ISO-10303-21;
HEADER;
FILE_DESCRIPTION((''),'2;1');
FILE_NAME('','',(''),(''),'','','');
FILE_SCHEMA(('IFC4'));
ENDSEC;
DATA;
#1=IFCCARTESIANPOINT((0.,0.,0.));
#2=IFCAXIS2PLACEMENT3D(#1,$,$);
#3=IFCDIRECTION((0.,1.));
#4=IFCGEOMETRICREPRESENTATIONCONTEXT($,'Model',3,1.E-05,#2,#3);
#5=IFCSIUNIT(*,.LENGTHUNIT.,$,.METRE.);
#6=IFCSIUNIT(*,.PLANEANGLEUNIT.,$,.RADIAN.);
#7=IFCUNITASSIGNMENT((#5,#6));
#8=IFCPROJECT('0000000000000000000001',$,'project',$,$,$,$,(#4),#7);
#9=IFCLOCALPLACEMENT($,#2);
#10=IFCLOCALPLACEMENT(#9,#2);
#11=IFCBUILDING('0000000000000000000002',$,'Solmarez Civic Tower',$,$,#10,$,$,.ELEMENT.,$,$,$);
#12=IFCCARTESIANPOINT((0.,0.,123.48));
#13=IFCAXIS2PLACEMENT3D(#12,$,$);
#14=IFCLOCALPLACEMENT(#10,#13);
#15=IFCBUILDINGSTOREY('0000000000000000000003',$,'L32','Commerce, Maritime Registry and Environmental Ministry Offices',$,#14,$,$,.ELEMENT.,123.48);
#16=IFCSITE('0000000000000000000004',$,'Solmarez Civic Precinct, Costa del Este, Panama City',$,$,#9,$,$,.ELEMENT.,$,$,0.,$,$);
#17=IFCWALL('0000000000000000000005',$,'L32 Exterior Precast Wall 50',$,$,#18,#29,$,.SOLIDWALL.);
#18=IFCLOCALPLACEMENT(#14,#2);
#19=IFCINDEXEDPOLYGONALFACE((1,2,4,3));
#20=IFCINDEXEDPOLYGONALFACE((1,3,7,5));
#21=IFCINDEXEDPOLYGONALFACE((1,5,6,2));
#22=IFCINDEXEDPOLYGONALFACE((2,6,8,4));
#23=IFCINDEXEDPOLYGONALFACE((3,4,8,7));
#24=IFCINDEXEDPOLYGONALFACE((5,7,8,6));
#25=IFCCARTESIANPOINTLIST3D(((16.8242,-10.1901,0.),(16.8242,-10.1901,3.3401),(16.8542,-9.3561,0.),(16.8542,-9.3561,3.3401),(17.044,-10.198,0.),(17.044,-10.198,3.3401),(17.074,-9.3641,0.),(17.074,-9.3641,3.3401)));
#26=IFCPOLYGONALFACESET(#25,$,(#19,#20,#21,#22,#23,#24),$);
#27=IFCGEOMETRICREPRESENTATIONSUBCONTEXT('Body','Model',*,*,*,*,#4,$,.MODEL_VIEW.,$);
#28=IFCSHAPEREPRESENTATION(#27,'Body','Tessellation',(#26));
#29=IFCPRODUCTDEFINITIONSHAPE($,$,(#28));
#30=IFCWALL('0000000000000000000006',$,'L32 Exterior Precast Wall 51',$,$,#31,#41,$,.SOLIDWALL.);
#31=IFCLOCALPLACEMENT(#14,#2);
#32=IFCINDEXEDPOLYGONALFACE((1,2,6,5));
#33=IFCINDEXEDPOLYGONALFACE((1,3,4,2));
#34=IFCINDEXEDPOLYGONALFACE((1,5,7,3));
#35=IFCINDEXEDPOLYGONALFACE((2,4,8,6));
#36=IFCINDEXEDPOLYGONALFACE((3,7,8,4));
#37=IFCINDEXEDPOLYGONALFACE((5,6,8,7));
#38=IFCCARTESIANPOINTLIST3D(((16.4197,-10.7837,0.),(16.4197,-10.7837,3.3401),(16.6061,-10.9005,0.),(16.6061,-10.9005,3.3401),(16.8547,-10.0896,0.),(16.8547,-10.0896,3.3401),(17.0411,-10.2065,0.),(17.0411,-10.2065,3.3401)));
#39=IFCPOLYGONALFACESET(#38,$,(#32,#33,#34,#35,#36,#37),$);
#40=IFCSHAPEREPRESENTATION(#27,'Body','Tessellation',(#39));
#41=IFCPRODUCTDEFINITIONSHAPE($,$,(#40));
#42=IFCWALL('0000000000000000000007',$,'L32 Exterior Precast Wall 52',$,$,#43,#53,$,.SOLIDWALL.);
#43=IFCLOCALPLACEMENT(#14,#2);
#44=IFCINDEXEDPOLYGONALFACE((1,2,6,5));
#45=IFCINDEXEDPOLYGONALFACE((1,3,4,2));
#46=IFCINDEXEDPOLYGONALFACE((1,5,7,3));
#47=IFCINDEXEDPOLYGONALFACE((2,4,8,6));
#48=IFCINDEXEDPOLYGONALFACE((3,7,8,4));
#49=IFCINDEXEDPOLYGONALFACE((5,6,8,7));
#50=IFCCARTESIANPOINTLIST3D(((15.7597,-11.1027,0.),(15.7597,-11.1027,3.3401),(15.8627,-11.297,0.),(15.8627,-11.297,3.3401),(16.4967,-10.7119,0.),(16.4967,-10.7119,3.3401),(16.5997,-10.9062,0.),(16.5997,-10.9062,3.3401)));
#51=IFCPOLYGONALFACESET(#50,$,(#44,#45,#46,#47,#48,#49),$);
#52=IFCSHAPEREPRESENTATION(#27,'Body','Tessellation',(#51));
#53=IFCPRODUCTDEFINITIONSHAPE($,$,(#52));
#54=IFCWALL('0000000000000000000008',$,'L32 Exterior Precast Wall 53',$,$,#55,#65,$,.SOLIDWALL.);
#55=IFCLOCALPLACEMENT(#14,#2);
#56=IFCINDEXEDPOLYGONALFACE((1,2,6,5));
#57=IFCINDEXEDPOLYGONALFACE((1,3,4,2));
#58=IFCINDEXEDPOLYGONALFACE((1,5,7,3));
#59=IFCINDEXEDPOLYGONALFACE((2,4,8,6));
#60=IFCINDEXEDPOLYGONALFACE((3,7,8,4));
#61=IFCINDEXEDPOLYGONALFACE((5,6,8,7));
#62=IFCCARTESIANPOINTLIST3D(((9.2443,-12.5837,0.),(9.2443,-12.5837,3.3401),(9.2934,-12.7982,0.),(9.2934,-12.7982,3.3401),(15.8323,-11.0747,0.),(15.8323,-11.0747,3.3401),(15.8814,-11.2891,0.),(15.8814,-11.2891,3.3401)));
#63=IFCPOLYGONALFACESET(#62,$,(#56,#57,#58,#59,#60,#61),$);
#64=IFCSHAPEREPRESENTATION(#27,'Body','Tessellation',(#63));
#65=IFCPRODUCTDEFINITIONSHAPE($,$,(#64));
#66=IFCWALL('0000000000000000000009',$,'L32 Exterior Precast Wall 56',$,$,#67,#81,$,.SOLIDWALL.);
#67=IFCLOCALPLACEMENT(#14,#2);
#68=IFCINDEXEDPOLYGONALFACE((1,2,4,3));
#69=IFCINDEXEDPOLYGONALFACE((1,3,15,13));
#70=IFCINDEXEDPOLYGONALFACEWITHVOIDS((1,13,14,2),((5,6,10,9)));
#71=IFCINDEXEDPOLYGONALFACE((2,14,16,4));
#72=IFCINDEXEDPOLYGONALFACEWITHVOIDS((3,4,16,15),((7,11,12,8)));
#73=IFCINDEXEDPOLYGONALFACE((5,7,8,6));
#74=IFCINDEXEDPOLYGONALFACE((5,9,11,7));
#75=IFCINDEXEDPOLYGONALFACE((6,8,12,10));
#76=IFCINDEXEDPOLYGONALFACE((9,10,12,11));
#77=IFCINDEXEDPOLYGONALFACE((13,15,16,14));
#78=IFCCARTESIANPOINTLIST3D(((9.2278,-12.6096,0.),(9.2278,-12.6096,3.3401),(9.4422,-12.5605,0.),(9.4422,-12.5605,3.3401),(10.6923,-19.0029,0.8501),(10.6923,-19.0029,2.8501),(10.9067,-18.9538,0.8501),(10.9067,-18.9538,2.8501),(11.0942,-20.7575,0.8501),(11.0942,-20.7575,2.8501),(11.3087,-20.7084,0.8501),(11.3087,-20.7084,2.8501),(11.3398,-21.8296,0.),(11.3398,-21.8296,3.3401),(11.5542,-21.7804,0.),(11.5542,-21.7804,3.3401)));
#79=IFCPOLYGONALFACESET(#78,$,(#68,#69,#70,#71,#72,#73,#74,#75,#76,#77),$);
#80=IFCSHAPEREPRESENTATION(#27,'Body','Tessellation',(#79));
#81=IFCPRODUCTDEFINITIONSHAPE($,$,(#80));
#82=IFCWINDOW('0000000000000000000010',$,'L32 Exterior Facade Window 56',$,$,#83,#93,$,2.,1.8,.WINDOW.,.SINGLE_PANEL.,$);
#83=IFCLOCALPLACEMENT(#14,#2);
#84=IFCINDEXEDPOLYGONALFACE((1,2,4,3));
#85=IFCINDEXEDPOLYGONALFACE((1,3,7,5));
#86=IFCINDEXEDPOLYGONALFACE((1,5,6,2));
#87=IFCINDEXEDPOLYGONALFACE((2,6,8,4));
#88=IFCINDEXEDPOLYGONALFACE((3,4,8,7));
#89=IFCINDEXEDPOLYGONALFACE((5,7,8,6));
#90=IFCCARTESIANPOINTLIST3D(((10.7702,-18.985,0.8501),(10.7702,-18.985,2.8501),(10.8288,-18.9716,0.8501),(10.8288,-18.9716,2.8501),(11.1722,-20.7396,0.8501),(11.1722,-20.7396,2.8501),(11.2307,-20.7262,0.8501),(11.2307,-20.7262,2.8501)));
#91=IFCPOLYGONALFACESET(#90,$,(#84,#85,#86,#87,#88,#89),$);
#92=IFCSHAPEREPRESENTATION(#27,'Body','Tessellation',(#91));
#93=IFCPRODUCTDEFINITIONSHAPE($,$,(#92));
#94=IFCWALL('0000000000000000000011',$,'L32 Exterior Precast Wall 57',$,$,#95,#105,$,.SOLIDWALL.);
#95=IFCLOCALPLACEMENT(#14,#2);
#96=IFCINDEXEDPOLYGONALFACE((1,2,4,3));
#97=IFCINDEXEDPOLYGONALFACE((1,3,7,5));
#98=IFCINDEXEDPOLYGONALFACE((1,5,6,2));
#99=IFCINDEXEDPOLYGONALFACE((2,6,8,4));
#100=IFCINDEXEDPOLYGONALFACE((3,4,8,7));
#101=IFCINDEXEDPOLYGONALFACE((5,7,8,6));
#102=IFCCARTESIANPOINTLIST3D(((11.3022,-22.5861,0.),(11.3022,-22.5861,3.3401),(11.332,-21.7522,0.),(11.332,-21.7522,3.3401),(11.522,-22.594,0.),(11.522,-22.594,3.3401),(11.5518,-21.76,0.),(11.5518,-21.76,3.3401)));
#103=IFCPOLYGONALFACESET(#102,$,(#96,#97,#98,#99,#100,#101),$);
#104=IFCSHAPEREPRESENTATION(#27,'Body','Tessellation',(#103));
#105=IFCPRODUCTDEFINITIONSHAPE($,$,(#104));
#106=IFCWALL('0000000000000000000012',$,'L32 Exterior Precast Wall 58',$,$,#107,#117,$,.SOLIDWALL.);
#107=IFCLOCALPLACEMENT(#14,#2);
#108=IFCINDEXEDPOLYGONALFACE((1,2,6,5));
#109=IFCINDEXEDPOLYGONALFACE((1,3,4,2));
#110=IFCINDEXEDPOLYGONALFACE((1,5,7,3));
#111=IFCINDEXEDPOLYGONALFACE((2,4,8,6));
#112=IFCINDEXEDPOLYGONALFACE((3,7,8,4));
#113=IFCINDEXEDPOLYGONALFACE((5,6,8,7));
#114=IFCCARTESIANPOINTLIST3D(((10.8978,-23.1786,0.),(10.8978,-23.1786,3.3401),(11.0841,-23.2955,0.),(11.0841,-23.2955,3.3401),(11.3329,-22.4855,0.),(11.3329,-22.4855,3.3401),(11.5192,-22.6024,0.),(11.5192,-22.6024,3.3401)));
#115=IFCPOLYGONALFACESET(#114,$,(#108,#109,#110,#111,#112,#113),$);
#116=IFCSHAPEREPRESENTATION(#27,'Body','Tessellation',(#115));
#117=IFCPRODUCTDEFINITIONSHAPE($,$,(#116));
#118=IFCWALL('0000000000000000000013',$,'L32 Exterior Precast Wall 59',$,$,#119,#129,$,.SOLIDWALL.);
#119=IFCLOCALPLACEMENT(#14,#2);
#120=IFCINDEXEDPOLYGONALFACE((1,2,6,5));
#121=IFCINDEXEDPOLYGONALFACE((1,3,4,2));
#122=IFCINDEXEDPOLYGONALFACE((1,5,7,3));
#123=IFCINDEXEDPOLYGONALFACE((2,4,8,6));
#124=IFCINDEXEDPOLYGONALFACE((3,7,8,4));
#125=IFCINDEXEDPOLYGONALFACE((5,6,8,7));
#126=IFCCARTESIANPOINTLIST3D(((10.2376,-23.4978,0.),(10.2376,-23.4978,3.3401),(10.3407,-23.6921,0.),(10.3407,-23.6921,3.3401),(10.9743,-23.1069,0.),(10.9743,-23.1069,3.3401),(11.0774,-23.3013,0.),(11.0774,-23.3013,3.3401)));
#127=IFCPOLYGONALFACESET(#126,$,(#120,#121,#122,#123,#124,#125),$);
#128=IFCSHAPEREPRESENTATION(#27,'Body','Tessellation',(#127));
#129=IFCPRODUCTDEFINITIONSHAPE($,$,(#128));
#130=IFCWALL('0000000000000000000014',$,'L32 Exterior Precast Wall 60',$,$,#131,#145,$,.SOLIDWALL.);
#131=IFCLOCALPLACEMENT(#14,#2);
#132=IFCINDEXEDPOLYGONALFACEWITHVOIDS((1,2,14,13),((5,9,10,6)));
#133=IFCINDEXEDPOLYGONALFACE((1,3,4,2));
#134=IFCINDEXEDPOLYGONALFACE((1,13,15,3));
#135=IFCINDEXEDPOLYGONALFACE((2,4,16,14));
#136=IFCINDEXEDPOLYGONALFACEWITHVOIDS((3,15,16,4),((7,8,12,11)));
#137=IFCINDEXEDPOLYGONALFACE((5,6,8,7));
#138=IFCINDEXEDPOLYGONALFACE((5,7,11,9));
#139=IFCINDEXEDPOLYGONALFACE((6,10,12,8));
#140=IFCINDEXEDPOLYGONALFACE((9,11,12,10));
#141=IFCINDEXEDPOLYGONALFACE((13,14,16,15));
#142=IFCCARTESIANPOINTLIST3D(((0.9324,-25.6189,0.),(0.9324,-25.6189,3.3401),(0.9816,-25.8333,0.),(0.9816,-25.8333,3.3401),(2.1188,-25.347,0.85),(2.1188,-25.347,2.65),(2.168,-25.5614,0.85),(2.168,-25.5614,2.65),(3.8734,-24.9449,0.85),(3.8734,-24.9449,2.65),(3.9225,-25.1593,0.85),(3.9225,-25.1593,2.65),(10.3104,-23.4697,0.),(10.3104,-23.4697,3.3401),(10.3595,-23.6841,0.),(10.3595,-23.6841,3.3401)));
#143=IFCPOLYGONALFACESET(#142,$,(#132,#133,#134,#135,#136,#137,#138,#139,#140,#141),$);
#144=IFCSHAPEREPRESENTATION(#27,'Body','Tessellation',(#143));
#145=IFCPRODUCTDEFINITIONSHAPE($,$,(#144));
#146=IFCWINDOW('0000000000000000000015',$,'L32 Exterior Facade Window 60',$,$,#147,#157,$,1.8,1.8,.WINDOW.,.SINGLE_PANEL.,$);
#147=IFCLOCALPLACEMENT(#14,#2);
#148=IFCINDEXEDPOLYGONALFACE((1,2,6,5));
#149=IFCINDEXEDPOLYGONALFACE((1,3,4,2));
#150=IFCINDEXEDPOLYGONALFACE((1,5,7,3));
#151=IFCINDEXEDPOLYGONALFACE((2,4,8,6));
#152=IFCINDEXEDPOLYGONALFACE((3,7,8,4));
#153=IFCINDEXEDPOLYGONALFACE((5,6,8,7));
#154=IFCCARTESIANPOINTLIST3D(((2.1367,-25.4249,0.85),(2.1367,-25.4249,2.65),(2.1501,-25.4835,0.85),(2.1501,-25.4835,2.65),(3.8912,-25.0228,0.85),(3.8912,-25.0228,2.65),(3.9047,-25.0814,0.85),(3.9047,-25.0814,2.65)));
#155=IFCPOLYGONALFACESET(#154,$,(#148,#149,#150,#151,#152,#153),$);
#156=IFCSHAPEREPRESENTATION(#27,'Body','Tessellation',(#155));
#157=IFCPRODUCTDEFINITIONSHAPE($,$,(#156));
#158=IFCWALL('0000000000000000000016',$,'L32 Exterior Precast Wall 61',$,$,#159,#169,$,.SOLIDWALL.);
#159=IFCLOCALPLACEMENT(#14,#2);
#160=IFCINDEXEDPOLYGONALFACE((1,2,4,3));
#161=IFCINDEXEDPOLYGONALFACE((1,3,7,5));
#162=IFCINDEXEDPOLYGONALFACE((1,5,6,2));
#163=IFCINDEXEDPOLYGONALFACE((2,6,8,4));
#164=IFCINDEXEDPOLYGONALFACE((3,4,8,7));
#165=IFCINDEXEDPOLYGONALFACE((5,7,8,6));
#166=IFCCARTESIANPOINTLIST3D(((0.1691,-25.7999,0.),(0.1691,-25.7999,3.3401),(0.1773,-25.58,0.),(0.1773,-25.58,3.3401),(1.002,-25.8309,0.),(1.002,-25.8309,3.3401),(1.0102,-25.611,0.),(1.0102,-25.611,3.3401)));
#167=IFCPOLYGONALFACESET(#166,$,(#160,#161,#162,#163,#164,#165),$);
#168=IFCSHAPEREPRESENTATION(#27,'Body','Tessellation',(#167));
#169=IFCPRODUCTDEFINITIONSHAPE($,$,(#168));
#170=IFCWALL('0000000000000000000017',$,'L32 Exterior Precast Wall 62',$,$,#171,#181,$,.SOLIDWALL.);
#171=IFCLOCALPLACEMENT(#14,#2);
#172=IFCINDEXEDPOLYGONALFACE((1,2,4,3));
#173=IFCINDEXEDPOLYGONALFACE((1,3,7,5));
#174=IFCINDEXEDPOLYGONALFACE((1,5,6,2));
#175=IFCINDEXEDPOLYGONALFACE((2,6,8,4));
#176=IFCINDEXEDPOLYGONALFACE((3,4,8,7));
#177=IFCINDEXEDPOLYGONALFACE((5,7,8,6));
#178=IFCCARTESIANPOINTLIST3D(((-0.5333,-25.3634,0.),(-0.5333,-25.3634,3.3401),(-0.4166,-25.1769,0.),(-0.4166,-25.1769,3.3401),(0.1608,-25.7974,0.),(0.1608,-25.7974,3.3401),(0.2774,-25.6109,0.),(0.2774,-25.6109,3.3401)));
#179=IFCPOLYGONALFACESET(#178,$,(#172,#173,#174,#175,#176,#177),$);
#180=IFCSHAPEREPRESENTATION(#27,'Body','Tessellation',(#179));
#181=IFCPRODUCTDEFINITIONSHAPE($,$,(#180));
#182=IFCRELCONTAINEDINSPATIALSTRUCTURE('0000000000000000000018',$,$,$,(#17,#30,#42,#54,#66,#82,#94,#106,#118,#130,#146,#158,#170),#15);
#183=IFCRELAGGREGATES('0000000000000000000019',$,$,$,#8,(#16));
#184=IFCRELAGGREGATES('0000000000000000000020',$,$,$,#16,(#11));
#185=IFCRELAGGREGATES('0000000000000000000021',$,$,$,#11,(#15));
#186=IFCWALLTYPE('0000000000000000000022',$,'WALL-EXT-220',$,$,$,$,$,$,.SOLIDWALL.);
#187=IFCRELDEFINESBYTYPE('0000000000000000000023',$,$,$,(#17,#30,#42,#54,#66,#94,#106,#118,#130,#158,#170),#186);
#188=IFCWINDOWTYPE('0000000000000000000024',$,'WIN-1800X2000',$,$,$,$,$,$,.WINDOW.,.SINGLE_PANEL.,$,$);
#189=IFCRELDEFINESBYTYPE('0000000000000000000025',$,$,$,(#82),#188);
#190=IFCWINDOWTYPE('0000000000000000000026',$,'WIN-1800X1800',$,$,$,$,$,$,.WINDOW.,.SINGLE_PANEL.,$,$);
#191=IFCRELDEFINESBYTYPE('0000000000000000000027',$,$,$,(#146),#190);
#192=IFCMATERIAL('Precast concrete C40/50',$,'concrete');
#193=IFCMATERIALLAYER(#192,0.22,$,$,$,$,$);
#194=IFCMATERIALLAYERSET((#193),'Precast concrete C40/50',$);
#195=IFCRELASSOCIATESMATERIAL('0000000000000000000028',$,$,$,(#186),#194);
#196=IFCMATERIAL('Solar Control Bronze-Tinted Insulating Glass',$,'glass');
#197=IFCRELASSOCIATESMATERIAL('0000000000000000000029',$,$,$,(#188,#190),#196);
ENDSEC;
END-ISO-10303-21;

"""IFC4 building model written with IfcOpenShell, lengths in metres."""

from ifc_helpers import new_model, si_unit, direction, frame, frame_2d, origin, place, context, subcontext, project, spatial, rectangle, extrude, material, layer, layer_set, type_object, element, fill, save


model = new_model("IFC4")

# Units and contexts
model_context = context("Model", 3, precision=1e-05, world=origin(), true_north=direction((0.0, 1.0)))
body_context = subcontext(model_context, "Body", "Model", "MODEL_VIEW")
ifc_project = project(units=[si_unit("LENGTHUNIT", "METRE"), si_unit("PLANEANGLEUNIT", "RADIAN")], contexts=[model_context])

# Site, building, storey
site_placement = place(None, origin())
site = spatial("IfcSite", under=ifc_project, at=site_placement, Name="Solmarez Civic Precinct, Costa del Este, Panama City", CompositionType="ELEMENT", RefElevation=0.0)
building_placement = place(site_placement, origin())
building = spatial("IfcBuilding", under=site, at=building_placement, Name="Solmarez Civic Tower", CompositionType="ELEMENT")
storey_placement = place(building_placement, frame((0.0, 0.0, 123.48)))
storey = spatial("IfcBuildingStorey", under=building, at=storey_placement, Name="L32", Description="Commerce, Maritime Registry and Environmental Ministry Offices", CompositionType="ELEMENT", Elevation=123.48)

# Walls
ifc_material_1 = material(Name="Precast concrete C40/50", Category="concrete")
ifc_layer_1 = layer(ifc_material_1, 0.22)
ifc_layer_set_1 = layer_set([ifc_layer_1], Name="Precast concrete C40/50")
wall_type_1 = type_object("IfcWallType", Name="WALL-EXT-220", PredefinedType="SOLIDWALL", material=ifc_layer_set_1)
wall_1_placement = place(storey_placement, frame((16.9641, -9.3601, 0.0), z_axis=(0.0, 0.0, 1.0), x_axis=(-0.035984, -0.999352, 0.0)))
element("IfcWall", 1, at=wall_1_placement, inside=storey, type_object=wall_type_1, Name="L32 Exterior Precast Wall 50", PredefinedType="SOLIDWALL", context=body_context, shape_type="SweptSolid", body=[
    extrude(rectangle(XDim=0.8345, YDim=0.22, at=frame_2d((0.4172, 0.0))), origin(), (0.0, 0.0, 1.0), 3.3401),
])
wall_2_placement = place(storey_placement, frame((16.948, -10.1479, 0.0), z_axis=(0.0, 0.0, 1.0), x_axis=(-0.531097, -0.847311, 0.0)))
element("IfcWall", 2, at=wall_2_placement, inside=storey, type_object=wall_type_1, Name="L32 Exterior Precast Wall 51", PredefinedType="SOLIDWALL", context=body_context, shape_type="SweptSolid", body=[
    extrude(rectangle(XDim=0.8191, YDim=0.22, at=frame_2d((0.4097, 0.0))), origin(), (0.0, 0.0, 1.0), 3.3401),
])
wall_3_placement = place(storey_placement, frame((16.5481, -10.8091, 0.0), z_axis=(0.0, 0.0, 1.0), x_axis=(-0.88346, -0.468506, 0.0)))
element("IfcWall", 3, at=wall_3_placement, inside=storey, type_object=wall_type_1, Name="L32 Exterior Precast Wall 52", PredefinedType="SOLIDWALL", context=body_context, shape_type="SweptSolid", body=[
    extrude(rectangle(XDim=0.8342, YDim=0.22, at=frame_2d((0.417, 0.0))), origin(), (0.0, 0.0, 1.0), 3.3401),
])
wall_4_placement = place(storey_placement, frame((15.8569, -11.1819, 0.0), z_axis=(0.0, 0.0, 1.0), x_axis=(-0.974755, -0.223279, 0.0)))
element("IfcWall", 4, at=wall_4_placement, inside=storey, type_object=wall_type_1, Name="L32 Exterior Precast Wall 53", PredefinedType="SOLIDWALL", context=body_context, shape_type="SweptSolid", body=[
    extrude(rectangle(XDim=6.7585, YDim=0.22, at=frame_2d((3.3794, 0.0))), origin(), (0.0, 0.0, 1.0), 3.3401),
])

# Wall, opening, window
wall_5_placement = place(storey_placement, frame((9.335, -12.585, 0.0), z_axis=(0.0, 0.0, 1.0), x_axis=(0.223291, -0.974752, 0.0)))
wall_5 = element("IfcWall", 5, at=wall_5_placement, inside=storey, type_object=wall_type_1, Name="L32 Exterior Precast Wall 56", PredefinedType="SOLIDWALL", context=body_context, shape_type="SweptSolid", body=[
    extrude(rectangle(XDim=9.4587, YDim=0.22, at=frame_2d((4.7295, 0.0))), origin(), (0.0, 0.0, 1.0), 3.3401),
])
opening_1_placement = place(wall_5_placement, frame((6.5591, 0.0, 0.8501)))
opening_1 = element("IfcOpeningElement", 6, at=opening_1_placement, cuts=wall_5, PredefinedType="OPENING", context=body_context, shape_type="SweptSolid", body=[
    extrude(rectangle(XDim=1.8, YDim=2.0, at=frame_2d((0.8999, 1.0))), frame((0.0, 0.1199, 0.0), z_axis=(0.0, -1.0, 0.0), x_axis=(1.0, 0.0, 0.0)), (0.0, 0.0, 1.0), 0.24),
])
ifc_material_2 = material(Name="Solar Control Bronze-Tinted Insulating Glass", Category="glass")
window_type_1 = type_object("IfcWindowType", Name="WIN-1800X2000", PartitioningType="SINGLE_PANEL", PredefinedType="WINDOW", material=ifc_material_2)
window_1_placement = place(opening_1_placement, origin())
window_1 = element("IfcWindow", 7, at=window_1_placement, inside=storey, type_object=window_type_1, Name="L32 Exterior Facade Window 56", OverallHeight=2.0, OverallWidth=1.8, PartitioningType="SINGLE_PANEL", PredefinedType="WINDOW", context=body_context, shape_type="SweptSolid", body=[
    extrude(rectangle(XDim=1.8, YDim=2.0, at=frame_2d((0.8999, 1.0))), frame((0.0, 0.03, 0.0), z_axis=(0.0, -1.0, 0.0), x_axis=(1.0, 0.0, 0.0)), (0.0, 0.0, 1.0), 0.0601),
])
fill(opening_1, window_1)

# Walls
wall_6_placement = place(storey_placement, frame((11.4419, -21.7561, 0.0), z_axis=(0.0, 0.0, 1.0), x_axis=(-0.035692, -0.999363, 0.0)))
element("IfcWall", 8, at=wall_6_placement, inside=storey, type_object=wall_type_1, Name="L32 Exterior Precast Wall 57", PredefinedType="SOLIDWALL", context=body_context, shape_type="SweptSolid", body=[
    extrude(rectangle(XDim=0.8345, YDim=0.22, at=frame_2d((0.4172, 0.0))), origin(), (0.0, 0.0, 1.0), 3.3401),
])
wall_7_placement = place(storey_placement, frame((11.426, -22.5439, 0.0), z_axis=(0.0, 0.0, 1.0), x_axis=(-0.531634, -0.846974, 0.0)))
element("IfcWall", 9, at=wall_7_placement, inside=storey, type_object=wall_type_1, Name="L32 Exterior Precast Wall 58", PredefinedType="SOLIDWALL", context=body_context, shape_type="SweptSolid", body=[
    extrude(rectangle(XDim=0.8184, YDim=0.22, at=frame_2d((0.4092, 0.0))), origin(), (0.0, 0.0, 1.0), 3.3401),
])
wall_8_placement = place(storey_placement, frame((11.0259, -23.2041, 0.0), z_axis=(0.0, 0.0, 1.0), x_axis=(-0.883396, -0.468627, 0.0)))
element("IfcWall", 10, at=wall_8_placement, inside=storey, type_object=wall_type_1, Name="L32 Exterior Precast Wall 59", PredefinedType="SOLIDWALL", context=body_context, shape_type="SweptSolid", body=[
    extrude(rectangle(XDim=0.834, YDim=0.22, at=frame_2d((0.417, 0.0))), origin(), (0.0, 0.0, 1.0), 3.3401),
])

# Wall, opening, window
wall_9_placement = place(storey_placement, frame((10.335, -23.5769, 0.0), z_axis=(0.0, 0.0, 1.0), x_axis=(-0.974731, -0.223382, 0.0)))
wall_9 = element("IfcWall", 11, at=wall_9_placement, inside=storey, type_object=wall_type_1, Name="L32 Exterior Precast Wall 60", PredefinedType="SOLIDWALL", context=body_context, shape_type="SweptSolid", body=[
    extrude(rectangle(XDim=9.6211, YDim=0.22, at=frame_2d((4.8105, 0.0))), origin(), (0.0, 0.0, 1.0), 3.3401),
])
opening_2_placement = place(wall_9_placement, frame((6.604, 0.0, 0.8501)))
opening_2 = element("IfcOpeningElement", 12, at=opening_2_placement, cuts=wall_9, PredefinedType="OPENING", context=body_context, shape_type="SweptSolid", body=[
    extrude(rectangle(XDim=1.8, YDim=1.8, at=frame_2d((0.8999, 0.8999))), frame((0.0, 0.1199, 0.0), z_axis=(0.0, -1.0, 0.0), x_axis=(1.0, 0.0, 0.0)), (0.0, 0.0, 1.0), 0.24),
])
window_type_2 = type_object("IfcWindowType", Name="WIN-1800X1800", PartitioningType="SINGLE_PANEL", PredefinedType="WINDOW", material=ifc_material_2)
window_2_placement = place(opening_2_placement, origin())
window_2 = element("IfcWindow", 13, at=window_2_placement, inside=storey, type_object=window_type_2, Name="L32 Exterior Facade Window 60", OverallHeight=1.8, OverallWidth=1.8, PartitioningType="SINGLE_PANEL", PredefinedType="WINDOW", context=body_context, shape_type="SweptSolid", body=[
    extrude(rectangle(XDim=1.8, YDim=1.8, at=frame_2d((0.8999, 0.8999))), frame((0.0, 0.03, 0.0), z_axis=(0.0, -1.0, 0.0), x_axis=(1.0, 0.0, 0.0)), (0.0, 0.0, 1.0), 0.0601),
])
fill(opening_2, window_2)

# Walls
wall_10_placement = place(storey_placement, frame((1.0061, -25.7209, 0.0), z_axis=(0.0, 0.0, 1.0), x_axis=(-0.999308, 0.037196, 0.0)))
element("IfcWall", 14, at=wall_10_placement, inside=storey, type_object=wall_type_1, Name="L32 Exterior Precast Wall 61", PredefinedType="SOLIDWALL", context=body_context, shape_type="SweptSolid", body=[
    extrude(rectangle(XDim=0.8335, YDim=0.22, at=frame_2d((0.4167, 0.0))), origin(), (0.0, 0.0, 1.0), 3.3401),
])
wall_11_placement = place(storey_placement, frame((0.219, -25.7041, 0.0), z_axis=(0.0, 0.0, 1.0), x_axis=(-0.847847, 0.53024, 0.0)))
element("IfcWall", 15, at=wall_11_placement, inside=storey, type_object=wall_type_1, Name="L32 Exterior Precast Wall 62", PredefinedType="SOLIDWALL", context=body_context, shape_type="SweptSolid", body=[
    extrude(rectangle(XDim=0.8186, YDim=0.22, at=frame_2d((0.4092, 0.0))), origin(), (0.0, 0.0, 1.0), 3.3401),
])

save(model, "model.ifc")
